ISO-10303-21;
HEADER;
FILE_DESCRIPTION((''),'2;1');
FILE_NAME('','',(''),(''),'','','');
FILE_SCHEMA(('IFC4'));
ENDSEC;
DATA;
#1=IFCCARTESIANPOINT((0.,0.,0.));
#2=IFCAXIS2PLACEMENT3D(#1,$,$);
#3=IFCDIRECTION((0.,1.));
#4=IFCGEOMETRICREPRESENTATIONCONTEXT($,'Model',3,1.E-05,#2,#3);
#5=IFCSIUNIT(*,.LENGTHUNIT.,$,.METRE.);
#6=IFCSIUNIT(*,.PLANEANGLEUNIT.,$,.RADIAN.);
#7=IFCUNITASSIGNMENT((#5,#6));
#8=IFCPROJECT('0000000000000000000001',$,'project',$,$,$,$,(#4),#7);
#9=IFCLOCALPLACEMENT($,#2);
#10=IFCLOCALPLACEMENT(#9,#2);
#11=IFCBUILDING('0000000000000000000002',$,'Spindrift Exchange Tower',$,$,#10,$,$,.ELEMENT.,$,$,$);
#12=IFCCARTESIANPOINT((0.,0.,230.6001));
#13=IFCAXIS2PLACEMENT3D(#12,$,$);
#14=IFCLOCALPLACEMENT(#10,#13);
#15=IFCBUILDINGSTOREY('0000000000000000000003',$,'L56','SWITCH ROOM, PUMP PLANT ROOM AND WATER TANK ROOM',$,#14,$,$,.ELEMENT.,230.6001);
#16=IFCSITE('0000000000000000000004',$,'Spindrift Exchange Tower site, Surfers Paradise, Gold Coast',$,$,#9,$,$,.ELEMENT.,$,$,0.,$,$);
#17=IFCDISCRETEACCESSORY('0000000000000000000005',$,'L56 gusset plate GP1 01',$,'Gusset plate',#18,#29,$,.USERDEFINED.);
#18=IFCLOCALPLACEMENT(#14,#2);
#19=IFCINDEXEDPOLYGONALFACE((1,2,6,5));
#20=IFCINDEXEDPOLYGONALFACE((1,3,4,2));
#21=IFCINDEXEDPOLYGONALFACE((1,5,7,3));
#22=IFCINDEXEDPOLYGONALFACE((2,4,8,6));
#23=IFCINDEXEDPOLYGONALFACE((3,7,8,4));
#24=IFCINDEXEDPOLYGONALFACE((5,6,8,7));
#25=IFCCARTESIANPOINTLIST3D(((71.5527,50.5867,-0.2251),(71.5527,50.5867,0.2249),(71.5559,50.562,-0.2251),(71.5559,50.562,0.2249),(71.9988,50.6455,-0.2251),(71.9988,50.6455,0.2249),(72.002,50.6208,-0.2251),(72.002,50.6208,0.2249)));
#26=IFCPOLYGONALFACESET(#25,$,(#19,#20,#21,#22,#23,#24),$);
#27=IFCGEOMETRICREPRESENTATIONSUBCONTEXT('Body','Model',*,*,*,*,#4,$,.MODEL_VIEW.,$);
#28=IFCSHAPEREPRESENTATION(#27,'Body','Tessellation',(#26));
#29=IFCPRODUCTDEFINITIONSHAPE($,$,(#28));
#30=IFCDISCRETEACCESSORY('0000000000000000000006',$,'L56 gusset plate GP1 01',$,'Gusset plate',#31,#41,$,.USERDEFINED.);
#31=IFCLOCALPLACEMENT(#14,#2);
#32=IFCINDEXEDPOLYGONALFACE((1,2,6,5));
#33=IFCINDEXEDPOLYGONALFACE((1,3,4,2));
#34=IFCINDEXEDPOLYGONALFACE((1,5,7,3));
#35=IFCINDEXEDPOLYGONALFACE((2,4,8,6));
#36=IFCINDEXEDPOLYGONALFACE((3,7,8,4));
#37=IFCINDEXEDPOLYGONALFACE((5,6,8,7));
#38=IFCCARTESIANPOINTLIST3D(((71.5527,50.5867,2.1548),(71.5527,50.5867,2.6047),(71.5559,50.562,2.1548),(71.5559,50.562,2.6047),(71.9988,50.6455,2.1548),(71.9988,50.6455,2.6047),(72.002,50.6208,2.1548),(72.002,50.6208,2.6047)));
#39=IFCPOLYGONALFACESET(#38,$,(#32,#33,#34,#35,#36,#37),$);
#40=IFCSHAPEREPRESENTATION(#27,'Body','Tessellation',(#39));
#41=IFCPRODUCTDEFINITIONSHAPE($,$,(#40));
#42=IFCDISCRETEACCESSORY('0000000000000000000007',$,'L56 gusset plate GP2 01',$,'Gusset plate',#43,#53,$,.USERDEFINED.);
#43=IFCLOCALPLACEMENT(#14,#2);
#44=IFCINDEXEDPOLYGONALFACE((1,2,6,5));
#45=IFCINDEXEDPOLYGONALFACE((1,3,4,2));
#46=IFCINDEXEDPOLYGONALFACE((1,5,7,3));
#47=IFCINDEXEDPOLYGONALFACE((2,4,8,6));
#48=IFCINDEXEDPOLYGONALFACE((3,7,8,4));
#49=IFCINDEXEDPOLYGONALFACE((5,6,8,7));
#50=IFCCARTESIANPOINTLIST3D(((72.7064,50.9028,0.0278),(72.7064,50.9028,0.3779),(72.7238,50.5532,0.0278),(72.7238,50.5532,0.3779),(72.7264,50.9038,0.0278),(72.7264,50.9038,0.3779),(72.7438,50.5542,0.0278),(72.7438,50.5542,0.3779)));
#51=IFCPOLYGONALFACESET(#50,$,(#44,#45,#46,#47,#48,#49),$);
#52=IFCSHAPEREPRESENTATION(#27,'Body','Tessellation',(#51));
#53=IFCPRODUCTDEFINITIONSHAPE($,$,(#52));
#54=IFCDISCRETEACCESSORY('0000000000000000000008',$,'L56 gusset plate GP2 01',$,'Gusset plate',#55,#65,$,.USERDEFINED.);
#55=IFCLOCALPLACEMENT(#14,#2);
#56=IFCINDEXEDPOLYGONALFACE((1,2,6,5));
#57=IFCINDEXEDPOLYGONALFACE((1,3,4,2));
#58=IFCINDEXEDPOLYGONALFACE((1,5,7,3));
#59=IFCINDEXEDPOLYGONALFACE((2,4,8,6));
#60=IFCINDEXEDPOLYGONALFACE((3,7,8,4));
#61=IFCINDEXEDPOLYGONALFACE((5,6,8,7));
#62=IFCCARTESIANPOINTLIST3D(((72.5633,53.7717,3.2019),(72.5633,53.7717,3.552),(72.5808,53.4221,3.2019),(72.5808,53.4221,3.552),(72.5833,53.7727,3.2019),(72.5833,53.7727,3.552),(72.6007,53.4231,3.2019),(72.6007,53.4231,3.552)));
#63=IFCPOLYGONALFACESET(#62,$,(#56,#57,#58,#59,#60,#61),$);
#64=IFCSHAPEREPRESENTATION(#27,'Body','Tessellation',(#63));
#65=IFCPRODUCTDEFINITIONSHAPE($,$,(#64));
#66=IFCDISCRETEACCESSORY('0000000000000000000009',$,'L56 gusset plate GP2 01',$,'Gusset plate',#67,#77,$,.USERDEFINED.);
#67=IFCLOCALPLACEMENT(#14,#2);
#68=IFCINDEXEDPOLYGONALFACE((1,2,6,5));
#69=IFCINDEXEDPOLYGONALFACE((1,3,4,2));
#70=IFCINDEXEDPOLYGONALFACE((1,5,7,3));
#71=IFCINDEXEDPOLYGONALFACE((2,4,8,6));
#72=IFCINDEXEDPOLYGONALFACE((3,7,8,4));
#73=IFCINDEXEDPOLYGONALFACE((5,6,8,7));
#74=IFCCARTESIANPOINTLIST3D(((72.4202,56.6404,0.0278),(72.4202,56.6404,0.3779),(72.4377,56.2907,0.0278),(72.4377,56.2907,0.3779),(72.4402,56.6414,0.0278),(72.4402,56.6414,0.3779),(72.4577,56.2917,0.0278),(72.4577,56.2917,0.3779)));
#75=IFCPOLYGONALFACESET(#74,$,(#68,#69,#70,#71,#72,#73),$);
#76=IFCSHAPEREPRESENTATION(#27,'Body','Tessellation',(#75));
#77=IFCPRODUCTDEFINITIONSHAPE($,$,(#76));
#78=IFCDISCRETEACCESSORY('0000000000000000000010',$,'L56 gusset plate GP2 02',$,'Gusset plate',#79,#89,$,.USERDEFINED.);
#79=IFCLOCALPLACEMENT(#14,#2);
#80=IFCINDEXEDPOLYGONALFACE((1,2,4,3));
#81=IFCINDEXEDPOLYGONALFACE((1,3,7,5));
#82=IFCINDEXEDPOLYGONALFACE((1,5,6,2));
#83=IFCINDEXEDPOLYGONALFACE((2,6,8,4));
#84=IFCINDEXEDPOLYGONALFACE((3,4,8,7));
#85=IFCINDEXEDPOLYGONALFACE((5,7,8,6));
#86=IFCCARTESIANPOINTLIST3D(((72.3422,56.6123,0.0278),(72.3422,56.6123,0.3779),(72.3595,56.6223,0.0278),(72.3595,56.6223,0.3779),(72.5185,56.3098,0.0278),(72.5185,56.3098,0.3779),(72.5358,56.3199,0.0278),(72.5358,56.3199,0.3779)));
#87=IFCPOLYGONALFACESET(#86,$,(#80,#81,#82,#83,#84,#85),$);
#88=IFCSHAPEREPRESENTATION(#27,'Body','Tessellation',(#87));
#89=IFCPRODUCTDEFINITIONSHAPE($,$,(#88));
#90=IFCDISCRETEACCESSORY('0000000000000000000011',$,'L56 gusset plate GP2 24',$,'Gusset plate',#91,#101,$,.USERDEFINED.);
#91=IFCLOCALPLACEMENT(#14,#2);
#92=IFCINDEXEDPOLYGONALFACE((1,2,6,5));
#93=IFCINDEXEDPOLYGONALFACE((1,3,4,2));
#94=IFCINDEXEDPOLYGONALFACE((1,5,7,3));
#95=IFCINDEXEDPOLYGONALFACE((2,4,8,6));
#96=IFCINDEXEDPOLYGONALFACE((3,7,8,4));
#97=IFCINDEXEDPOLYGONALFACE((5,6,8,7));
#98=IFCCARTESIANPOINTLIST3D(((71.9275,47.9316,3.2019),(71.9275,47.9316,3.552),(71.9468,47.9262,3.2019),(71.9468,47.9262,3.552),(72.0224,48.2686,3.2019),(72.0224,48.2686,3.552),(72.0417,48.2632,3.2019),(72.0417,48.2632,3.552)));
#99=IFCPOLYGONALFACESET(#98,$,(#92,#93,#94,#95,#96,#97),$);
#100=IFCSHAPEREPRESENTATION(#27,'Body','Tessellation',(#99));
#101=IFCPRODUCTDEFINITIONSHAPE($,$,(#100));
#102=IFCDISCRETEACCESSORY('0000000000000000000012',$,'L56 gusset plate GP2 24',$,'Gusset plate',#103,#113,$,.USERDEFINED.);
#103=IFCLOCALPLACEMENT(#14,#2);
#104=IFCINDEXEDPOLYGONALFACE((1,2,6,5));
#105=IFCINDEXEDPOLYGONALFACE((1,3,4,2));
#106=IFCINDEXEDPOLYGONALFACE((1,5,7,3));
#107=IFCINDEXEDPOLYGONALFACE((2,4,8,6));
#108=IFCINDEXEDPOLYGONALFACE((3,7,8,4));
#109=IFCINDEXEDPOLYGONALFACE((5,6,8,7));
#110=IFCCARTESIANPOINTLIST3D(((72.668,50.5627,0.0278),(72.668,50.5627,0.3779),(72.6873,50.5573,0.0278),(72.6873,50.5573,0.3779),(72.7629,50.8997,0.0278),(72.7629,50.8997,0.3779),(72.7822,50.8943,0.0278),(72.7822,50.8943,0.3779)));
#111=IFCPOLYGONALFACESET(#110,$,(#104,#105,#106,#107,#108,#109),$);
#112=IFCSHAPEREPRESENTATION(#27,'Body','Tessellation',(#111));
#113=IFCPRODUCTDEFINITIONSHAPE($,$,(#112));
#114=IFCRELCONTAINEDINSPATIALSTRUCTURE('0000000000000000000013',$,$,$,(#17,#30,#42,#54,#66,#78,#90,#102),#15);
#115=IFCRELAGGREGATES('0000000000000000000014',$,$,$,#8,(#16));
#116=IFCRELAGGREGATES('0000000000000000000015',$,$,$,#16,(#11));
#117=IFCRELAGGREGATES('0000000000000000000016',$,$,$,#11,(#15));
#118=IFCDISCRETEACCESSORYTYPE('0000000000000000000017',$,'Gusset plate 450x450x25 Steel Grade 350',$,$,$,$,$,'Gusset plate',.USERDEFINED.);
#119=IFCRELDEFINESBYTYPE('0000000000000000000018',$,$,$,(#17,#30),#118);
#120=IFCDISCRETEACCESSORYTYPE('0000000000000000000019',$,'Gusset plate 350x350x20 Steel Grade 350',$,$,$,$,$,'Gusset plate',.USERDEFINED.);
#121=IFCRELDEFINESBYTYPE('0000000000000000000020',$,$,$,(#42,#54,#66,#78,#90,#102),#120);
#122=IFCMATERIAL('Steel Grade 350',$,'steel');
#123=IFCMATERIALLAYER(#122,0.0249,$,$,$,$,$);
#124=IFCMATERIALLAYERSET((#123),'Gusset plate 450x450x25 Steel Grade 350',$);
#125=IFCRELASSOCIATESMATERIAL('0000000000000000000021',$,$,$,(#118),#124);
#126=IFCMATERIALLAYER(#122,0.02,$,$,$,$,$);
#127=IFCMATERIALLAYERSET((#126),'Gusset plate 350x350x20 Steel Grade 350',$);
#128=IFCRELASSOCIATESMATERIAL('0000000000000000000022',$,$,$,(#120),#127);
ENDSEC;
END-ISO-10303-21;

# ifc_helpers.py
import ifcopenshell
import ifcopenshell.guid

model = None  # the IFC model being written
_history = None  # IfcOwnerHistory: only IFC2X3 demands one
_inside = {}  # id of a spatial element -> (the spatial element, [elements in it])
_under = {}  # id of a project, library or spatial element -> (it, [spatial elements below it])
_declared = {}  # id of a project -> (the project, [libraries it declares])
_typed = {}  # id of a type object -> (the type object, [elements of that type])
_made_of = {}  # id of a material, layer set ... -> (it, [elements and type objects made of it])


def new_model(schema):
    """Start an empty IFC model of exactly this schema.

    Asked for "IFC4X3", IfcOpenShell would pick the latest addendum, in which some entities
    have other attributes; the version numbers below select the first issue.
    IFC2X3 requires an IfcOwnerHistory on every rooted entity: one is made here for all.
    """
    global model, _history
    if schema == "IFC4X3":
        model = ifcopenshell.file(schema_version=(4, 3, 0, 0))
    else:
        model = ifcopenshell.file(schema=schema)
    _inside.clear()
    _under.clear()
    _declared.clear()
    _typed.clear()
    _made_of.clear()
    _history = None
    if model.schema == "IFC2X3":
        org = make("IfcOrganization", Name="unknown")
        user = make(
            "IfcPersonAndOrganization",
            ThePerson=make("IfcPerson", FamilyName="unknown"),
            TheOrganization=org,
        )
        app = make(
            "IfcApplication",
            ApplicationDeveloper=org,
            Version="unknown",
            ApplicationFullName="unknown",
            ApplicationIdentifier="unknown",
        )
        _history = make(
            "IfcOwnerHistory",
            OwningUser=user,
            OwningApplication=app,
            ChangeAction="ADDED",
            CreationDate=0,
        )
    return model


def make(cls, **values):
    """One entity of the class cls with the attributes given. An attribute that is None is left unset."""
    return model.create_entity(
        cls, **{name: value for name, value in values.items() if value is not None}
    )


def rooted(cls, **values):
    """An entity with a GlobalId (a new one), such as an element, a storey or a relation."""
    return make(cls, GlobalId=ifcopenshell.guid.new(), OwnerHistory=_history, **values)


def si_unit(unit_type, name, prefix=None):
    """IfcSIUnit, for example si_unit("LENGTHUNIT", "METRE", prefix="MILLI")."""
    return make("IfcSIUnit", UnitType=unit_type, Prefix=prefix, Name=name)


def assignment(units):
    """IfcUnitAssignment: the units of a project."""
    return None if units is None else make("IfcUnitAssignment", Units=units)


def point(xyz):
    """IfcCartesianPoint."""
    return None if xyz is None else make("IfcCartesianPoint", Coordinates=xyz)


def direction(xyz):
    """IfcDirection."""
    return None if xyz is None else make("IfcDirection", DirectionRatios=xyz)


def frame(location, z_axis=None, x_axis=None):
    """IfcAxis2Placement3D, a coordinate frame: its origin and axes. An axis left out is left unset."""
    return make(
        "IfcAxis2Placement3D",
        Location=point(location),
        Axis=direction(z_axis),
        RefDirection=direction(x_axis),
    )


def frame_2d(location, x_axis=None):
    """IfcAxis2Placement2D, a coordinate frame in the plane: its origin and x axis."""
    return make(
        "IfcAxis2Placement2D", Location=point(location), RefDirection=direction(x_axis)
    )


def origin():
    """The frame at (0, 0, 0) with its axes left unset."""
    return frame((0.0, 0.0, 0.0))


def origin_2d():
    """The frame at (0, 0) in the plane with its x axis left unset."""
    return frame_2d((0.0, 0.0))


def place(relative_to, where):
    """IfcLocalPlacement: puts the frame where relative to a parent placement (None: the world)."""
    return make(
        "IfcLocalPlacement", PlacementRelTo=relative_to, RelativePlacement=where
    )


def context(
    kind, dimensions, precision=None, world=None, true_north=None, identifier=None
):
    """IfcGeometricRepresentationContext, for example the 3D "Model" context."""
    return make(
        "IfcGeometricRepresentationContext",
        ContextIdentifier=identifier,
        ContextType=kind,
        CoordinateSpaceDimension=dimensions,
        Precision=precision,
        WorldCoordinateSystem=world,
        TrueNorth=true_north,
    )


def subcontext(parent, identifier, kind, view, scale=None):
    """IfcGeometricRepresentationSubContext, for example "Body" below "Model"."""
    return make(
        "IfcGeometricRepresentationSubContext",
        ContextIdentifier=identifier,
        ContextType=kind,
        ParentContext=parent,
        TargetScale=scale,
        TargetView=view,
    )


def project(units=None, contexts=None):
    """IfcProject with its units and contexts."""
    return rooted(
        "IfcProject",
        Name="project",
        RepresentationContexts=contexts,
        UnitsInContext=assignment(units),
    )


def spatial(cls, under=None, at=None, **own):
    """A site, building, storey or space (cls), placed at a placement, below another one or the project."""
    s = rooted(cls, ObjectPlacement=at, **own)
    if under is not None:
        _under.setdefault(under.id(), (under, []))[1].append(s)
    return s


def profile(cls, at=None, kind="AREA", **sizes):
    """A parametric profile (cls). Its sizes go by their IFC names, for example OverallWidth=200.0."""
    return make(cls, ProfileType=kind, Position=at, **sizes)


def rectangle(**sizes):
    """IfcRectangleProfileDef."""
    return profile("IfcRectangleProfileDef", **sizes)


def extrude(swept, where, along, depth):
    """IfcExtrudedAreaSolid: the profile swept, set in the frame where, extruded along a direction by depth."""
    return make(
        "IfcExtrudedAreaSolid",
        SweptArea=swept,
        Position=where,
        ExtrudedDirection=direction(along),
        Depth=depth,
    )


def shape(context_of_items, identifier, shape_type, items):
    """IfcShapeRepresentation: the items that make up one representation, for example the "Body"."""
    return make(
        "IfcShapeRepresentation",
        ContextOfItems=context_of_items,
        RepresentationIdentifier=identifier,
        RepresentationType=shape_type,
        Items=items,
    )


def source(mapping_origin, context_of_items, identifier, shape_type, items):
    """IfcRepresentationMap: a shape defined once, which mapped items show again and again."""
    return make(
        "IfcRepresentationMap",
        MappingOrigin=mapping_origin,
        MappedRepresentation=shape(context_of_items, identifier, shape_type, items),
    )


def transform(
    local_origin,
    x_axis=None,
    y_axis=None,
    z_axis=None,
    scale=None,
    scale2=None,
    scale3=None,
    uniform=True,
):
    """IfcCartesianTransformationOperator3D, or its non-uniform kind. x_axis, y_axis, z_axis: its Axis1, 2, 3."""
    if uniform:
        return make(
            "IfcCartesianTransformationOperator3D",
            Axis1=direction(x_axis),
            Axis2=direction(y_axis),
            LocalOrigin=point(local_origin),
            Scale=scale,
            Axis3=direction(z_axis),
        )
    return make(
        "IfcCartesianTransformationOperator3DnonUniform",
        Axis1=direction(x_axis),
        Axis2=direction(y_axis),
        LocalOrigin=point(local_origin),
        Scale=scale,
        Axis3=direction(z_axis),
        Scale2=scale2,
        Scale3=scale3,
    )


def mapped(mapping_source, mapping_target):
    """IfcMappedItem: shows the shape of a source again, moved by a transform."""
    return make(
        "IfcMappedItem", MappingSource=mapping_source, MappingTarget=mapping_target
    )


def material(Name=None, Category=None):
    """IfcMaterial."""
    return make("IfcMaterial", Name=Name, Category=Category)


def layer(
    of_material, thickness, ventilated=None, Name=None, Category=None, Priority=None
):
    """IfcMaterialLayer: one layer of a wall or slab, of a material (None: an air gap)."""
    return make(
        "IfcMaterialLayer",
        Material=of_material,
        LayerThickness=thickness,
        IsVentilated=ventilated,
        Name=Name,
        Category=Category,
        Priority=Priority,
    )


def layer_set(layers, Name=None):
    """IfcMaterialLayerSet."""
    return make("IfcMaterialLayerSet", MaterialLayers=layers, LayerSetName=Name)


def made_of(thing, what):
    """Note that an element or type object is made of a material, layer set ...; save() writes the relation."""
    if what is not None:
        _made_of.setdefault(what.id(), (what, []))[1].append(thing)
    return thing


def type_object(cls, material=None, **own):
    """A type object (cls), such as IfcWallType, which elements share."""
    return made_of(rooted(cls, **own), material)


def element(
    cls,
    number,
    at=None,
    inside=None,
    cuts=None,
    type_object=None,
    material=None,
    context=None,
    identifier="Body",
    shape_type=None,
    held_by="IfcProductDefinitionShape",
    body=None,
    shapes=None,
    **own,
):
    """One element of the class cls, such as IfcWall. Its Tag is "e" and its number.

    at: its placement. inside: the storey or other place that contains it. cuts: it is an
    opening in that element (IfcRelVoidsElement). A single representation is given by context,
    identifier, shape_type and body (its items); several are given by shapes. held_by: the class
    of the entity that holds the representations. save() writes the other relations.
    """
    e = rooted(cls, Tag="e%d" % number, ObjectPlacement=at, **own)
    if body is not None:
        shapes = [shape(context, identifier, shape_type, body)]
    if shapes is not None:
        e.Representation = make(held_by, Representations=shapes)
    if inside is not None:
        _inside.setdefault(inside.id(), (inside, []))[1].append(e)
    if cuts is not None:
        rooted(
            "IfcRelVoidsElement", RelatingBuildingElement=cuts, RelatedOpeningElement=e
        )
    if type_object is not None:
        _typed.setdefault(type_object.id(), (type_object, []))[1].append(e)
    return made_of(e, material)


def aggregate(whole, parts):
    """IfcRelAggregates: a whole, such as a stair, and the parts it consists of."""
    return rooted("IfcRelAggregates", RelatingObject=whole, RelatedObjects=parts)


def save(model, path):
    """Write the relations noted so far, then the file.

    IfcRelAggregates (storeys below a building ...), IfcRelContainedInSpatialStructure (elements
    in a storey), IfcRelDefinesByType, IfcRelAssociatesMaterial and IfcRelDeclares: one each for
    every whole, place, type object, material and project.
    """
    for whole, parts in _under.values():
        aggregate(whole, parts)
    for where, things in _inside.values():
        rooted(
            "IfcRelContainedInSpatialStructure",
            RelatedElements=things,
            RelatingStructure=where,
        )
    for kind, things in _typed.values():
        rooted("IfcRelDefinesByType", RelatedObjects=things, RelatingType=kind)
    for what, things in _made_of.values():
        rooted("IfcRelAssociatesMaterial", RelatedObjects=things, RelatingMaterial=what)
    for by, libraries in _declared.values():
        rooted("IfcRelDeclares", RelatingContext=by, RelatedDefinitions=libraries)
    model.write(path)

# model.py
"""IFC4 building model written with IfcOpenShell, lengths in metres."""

from ifc_helpers import new_model, si_unit, direction, frame, origin, origin_2d, place, context, subcontext, project, spatial, rectangle, extrude, source, transform, mapped, material, layer, layer_set, type_object, element, save


model = new_model("IFC4")

# Units and contexts
model_context = context("Model", 3, precision=1e-05, world=origin(), true_north=direction((0.0, 1.0)))
body_context = subcontext(model_context, "Body", "Model", "MODEL_VIEW")
ifc_project = project(units=[si_unit("LENGTHUNIT", "METRE"), si_unit("PLANEANGLEUNIT", "RADIAN")], contexts=[model_context])

# Site, building, storey
site_placement = place(None, origin())
site = spatial("IfcSite", under=ifc_project, at=site_placement, Name="Spindrift Exchange Tower site, Surfers Paradise, Gold Coast", CompositionType="ELEMENT", RefElevation=0.0)
building_placement = place(site_placement, origin())
building = spatial("IfcBuilding", under=site, at=building_placement, Name="Spindrift Exchange Tower", CompositionType="ELEMENT")
storey_placement = place(building_placement, frame((0.0, 0.0, 230.6001)))
storey = spatial("IfcBuildingStorey", under=building, at=storey_placement, Name="L56", Description="SWITCH ROOM, PUMP PLANT ROOM AND WATER TANK ROOM", CompositionType="ELEMENT", Elevation=230.6001)

# Shared definitions
ifc_material_1 = material(Name="Steel Grade 350", Category="steel")

# Discrete accessories
ifc_layer_1 = layer(ifc_material_1, 0.0249)
ifc_layer_set_1 = layer_set([ifc_layer_1], Name="Gusset plate 450x450x25 Steel Grade 350")
discrete_accessory_type_1 = type_object("IfcDiscreteAccessoryType", Name="Gusset plate 450x450x25 Steel Grade 350", ElementType="Gusset plate", PredefinedType="USERDEFINED", material=ifc_layer_set_1)
shared_shape_1 = source(origin(), body_context, "Body", "SweptSolid", [
    extrude(rectangle(XDim=0.45, YDim=0.0249, at=origin_2d()), origin(), (0.0, 0.0, 1.0), 0.45),
])
for number, where, z_axis, x_axis, name in (
    (1, (71.7773, 50.6038, -0.2251), (0.0, 0.0, 1.0), (0.991445, 0.130526, 0.0), "L56 gusset plate GP1 01"),
    (2, (71.7773, 50.6038, 2.1548), (0.0, 0.0, 1.0), (0.991445, 0.130526, 0.0), "L56 gusset plate GP1 01"),
):
    element("IfcDiscreteAccessory", number, at=place(storey_placement, frame(where, z_axis=z_axis, x_axis=x_axis)), inside=storey, type_object=discrete_accessory_type_1, Name=name, ObjectType="Gusset plate", PredefinedType="USERDEFINED", context=body_context, shape_type="MappedRepresentation", body=[
        mapped(shared_shape_1, transform((0.0, 0.0, 0.0), scale=1.0)),
    ])
ifc_layer_2 = layer(ifc_material_1, 0.02)
ifc_layer_set_2 = layer_set([ifc_layer_2], Name="Gusset plate 350x350x20 Steel Grade 350")
discrete_accessory_type_2 = type_object("IfcDiscreteAccessoryType", Name="Gusset plate 350x350x20 Steel Grade 350", ElementType="Gusset plate", PredefinedType="USERDEFINED", material=ifc_layer_set_2)
shared_shape_2 = source(origin(), body_context, "Body", "SweptSolid", [
    extrude(rectangle(XDim=0.3501, YDim=0.02, at=origin_2d()), origin(), (0.0, 0.0, 1.0), 0.3501),
])
for number, where, z_axis, x_axis, name in (
    (3, (72.7251, 50.7285, 0.0278), (0.0, 0.0, 1.0), (-0.049819, 0.998758, 0.0), "L56 gusset plate GP2 01"),
    (4, (72.582, 53.5974, 3.2019), (0.0, 0.0, 1.0), (-0.049819, 0.998758, 0.0), "L56 gusset plate GP2 01"),
    (5, (72.439, 56.4661, 0.0278), (0.0, 0.0, 1.0), (-0.049819, 0.998758, 0.0), "L56 gusset plate GP2 01"),
    (6, (72.439, 56.4661, 0.0278), (0.0, 0.0, 1.0), (-0.503549, 0.863966, 0.0), "L56 gusset plate GP2 02"),
    (7, (71.9846, 48.0974, 3.2019), (0.0, 0.0, 1.0), (0.270994, 0.962581, 0.0), "L56 gusset plate GP2 24"),
    (8, (72.7251, 50.7285, 0.0278), (0.0, 0.0, 1.0), (0.27096, 0.962591, 0.0), "L56 gusset plate GP2 24"),
):
    element("IfcDiscreteAccessory", number, at=place(storey_placement, frame(where, z_axis=z_axis, x_axis=x_axis)), inside=storey, type_object=discrete_accessory_type_2, Name=name, ObjectType="Gusset plate", PredefinedType="USERDEFINED", context=body_context, shape_type="MappedRepresentation", body=[
        mapped(shared_shape_2, transform((0.0, 0.0, 0.0), scale=1.0)),
    ])

save(model, "model.ifc")
